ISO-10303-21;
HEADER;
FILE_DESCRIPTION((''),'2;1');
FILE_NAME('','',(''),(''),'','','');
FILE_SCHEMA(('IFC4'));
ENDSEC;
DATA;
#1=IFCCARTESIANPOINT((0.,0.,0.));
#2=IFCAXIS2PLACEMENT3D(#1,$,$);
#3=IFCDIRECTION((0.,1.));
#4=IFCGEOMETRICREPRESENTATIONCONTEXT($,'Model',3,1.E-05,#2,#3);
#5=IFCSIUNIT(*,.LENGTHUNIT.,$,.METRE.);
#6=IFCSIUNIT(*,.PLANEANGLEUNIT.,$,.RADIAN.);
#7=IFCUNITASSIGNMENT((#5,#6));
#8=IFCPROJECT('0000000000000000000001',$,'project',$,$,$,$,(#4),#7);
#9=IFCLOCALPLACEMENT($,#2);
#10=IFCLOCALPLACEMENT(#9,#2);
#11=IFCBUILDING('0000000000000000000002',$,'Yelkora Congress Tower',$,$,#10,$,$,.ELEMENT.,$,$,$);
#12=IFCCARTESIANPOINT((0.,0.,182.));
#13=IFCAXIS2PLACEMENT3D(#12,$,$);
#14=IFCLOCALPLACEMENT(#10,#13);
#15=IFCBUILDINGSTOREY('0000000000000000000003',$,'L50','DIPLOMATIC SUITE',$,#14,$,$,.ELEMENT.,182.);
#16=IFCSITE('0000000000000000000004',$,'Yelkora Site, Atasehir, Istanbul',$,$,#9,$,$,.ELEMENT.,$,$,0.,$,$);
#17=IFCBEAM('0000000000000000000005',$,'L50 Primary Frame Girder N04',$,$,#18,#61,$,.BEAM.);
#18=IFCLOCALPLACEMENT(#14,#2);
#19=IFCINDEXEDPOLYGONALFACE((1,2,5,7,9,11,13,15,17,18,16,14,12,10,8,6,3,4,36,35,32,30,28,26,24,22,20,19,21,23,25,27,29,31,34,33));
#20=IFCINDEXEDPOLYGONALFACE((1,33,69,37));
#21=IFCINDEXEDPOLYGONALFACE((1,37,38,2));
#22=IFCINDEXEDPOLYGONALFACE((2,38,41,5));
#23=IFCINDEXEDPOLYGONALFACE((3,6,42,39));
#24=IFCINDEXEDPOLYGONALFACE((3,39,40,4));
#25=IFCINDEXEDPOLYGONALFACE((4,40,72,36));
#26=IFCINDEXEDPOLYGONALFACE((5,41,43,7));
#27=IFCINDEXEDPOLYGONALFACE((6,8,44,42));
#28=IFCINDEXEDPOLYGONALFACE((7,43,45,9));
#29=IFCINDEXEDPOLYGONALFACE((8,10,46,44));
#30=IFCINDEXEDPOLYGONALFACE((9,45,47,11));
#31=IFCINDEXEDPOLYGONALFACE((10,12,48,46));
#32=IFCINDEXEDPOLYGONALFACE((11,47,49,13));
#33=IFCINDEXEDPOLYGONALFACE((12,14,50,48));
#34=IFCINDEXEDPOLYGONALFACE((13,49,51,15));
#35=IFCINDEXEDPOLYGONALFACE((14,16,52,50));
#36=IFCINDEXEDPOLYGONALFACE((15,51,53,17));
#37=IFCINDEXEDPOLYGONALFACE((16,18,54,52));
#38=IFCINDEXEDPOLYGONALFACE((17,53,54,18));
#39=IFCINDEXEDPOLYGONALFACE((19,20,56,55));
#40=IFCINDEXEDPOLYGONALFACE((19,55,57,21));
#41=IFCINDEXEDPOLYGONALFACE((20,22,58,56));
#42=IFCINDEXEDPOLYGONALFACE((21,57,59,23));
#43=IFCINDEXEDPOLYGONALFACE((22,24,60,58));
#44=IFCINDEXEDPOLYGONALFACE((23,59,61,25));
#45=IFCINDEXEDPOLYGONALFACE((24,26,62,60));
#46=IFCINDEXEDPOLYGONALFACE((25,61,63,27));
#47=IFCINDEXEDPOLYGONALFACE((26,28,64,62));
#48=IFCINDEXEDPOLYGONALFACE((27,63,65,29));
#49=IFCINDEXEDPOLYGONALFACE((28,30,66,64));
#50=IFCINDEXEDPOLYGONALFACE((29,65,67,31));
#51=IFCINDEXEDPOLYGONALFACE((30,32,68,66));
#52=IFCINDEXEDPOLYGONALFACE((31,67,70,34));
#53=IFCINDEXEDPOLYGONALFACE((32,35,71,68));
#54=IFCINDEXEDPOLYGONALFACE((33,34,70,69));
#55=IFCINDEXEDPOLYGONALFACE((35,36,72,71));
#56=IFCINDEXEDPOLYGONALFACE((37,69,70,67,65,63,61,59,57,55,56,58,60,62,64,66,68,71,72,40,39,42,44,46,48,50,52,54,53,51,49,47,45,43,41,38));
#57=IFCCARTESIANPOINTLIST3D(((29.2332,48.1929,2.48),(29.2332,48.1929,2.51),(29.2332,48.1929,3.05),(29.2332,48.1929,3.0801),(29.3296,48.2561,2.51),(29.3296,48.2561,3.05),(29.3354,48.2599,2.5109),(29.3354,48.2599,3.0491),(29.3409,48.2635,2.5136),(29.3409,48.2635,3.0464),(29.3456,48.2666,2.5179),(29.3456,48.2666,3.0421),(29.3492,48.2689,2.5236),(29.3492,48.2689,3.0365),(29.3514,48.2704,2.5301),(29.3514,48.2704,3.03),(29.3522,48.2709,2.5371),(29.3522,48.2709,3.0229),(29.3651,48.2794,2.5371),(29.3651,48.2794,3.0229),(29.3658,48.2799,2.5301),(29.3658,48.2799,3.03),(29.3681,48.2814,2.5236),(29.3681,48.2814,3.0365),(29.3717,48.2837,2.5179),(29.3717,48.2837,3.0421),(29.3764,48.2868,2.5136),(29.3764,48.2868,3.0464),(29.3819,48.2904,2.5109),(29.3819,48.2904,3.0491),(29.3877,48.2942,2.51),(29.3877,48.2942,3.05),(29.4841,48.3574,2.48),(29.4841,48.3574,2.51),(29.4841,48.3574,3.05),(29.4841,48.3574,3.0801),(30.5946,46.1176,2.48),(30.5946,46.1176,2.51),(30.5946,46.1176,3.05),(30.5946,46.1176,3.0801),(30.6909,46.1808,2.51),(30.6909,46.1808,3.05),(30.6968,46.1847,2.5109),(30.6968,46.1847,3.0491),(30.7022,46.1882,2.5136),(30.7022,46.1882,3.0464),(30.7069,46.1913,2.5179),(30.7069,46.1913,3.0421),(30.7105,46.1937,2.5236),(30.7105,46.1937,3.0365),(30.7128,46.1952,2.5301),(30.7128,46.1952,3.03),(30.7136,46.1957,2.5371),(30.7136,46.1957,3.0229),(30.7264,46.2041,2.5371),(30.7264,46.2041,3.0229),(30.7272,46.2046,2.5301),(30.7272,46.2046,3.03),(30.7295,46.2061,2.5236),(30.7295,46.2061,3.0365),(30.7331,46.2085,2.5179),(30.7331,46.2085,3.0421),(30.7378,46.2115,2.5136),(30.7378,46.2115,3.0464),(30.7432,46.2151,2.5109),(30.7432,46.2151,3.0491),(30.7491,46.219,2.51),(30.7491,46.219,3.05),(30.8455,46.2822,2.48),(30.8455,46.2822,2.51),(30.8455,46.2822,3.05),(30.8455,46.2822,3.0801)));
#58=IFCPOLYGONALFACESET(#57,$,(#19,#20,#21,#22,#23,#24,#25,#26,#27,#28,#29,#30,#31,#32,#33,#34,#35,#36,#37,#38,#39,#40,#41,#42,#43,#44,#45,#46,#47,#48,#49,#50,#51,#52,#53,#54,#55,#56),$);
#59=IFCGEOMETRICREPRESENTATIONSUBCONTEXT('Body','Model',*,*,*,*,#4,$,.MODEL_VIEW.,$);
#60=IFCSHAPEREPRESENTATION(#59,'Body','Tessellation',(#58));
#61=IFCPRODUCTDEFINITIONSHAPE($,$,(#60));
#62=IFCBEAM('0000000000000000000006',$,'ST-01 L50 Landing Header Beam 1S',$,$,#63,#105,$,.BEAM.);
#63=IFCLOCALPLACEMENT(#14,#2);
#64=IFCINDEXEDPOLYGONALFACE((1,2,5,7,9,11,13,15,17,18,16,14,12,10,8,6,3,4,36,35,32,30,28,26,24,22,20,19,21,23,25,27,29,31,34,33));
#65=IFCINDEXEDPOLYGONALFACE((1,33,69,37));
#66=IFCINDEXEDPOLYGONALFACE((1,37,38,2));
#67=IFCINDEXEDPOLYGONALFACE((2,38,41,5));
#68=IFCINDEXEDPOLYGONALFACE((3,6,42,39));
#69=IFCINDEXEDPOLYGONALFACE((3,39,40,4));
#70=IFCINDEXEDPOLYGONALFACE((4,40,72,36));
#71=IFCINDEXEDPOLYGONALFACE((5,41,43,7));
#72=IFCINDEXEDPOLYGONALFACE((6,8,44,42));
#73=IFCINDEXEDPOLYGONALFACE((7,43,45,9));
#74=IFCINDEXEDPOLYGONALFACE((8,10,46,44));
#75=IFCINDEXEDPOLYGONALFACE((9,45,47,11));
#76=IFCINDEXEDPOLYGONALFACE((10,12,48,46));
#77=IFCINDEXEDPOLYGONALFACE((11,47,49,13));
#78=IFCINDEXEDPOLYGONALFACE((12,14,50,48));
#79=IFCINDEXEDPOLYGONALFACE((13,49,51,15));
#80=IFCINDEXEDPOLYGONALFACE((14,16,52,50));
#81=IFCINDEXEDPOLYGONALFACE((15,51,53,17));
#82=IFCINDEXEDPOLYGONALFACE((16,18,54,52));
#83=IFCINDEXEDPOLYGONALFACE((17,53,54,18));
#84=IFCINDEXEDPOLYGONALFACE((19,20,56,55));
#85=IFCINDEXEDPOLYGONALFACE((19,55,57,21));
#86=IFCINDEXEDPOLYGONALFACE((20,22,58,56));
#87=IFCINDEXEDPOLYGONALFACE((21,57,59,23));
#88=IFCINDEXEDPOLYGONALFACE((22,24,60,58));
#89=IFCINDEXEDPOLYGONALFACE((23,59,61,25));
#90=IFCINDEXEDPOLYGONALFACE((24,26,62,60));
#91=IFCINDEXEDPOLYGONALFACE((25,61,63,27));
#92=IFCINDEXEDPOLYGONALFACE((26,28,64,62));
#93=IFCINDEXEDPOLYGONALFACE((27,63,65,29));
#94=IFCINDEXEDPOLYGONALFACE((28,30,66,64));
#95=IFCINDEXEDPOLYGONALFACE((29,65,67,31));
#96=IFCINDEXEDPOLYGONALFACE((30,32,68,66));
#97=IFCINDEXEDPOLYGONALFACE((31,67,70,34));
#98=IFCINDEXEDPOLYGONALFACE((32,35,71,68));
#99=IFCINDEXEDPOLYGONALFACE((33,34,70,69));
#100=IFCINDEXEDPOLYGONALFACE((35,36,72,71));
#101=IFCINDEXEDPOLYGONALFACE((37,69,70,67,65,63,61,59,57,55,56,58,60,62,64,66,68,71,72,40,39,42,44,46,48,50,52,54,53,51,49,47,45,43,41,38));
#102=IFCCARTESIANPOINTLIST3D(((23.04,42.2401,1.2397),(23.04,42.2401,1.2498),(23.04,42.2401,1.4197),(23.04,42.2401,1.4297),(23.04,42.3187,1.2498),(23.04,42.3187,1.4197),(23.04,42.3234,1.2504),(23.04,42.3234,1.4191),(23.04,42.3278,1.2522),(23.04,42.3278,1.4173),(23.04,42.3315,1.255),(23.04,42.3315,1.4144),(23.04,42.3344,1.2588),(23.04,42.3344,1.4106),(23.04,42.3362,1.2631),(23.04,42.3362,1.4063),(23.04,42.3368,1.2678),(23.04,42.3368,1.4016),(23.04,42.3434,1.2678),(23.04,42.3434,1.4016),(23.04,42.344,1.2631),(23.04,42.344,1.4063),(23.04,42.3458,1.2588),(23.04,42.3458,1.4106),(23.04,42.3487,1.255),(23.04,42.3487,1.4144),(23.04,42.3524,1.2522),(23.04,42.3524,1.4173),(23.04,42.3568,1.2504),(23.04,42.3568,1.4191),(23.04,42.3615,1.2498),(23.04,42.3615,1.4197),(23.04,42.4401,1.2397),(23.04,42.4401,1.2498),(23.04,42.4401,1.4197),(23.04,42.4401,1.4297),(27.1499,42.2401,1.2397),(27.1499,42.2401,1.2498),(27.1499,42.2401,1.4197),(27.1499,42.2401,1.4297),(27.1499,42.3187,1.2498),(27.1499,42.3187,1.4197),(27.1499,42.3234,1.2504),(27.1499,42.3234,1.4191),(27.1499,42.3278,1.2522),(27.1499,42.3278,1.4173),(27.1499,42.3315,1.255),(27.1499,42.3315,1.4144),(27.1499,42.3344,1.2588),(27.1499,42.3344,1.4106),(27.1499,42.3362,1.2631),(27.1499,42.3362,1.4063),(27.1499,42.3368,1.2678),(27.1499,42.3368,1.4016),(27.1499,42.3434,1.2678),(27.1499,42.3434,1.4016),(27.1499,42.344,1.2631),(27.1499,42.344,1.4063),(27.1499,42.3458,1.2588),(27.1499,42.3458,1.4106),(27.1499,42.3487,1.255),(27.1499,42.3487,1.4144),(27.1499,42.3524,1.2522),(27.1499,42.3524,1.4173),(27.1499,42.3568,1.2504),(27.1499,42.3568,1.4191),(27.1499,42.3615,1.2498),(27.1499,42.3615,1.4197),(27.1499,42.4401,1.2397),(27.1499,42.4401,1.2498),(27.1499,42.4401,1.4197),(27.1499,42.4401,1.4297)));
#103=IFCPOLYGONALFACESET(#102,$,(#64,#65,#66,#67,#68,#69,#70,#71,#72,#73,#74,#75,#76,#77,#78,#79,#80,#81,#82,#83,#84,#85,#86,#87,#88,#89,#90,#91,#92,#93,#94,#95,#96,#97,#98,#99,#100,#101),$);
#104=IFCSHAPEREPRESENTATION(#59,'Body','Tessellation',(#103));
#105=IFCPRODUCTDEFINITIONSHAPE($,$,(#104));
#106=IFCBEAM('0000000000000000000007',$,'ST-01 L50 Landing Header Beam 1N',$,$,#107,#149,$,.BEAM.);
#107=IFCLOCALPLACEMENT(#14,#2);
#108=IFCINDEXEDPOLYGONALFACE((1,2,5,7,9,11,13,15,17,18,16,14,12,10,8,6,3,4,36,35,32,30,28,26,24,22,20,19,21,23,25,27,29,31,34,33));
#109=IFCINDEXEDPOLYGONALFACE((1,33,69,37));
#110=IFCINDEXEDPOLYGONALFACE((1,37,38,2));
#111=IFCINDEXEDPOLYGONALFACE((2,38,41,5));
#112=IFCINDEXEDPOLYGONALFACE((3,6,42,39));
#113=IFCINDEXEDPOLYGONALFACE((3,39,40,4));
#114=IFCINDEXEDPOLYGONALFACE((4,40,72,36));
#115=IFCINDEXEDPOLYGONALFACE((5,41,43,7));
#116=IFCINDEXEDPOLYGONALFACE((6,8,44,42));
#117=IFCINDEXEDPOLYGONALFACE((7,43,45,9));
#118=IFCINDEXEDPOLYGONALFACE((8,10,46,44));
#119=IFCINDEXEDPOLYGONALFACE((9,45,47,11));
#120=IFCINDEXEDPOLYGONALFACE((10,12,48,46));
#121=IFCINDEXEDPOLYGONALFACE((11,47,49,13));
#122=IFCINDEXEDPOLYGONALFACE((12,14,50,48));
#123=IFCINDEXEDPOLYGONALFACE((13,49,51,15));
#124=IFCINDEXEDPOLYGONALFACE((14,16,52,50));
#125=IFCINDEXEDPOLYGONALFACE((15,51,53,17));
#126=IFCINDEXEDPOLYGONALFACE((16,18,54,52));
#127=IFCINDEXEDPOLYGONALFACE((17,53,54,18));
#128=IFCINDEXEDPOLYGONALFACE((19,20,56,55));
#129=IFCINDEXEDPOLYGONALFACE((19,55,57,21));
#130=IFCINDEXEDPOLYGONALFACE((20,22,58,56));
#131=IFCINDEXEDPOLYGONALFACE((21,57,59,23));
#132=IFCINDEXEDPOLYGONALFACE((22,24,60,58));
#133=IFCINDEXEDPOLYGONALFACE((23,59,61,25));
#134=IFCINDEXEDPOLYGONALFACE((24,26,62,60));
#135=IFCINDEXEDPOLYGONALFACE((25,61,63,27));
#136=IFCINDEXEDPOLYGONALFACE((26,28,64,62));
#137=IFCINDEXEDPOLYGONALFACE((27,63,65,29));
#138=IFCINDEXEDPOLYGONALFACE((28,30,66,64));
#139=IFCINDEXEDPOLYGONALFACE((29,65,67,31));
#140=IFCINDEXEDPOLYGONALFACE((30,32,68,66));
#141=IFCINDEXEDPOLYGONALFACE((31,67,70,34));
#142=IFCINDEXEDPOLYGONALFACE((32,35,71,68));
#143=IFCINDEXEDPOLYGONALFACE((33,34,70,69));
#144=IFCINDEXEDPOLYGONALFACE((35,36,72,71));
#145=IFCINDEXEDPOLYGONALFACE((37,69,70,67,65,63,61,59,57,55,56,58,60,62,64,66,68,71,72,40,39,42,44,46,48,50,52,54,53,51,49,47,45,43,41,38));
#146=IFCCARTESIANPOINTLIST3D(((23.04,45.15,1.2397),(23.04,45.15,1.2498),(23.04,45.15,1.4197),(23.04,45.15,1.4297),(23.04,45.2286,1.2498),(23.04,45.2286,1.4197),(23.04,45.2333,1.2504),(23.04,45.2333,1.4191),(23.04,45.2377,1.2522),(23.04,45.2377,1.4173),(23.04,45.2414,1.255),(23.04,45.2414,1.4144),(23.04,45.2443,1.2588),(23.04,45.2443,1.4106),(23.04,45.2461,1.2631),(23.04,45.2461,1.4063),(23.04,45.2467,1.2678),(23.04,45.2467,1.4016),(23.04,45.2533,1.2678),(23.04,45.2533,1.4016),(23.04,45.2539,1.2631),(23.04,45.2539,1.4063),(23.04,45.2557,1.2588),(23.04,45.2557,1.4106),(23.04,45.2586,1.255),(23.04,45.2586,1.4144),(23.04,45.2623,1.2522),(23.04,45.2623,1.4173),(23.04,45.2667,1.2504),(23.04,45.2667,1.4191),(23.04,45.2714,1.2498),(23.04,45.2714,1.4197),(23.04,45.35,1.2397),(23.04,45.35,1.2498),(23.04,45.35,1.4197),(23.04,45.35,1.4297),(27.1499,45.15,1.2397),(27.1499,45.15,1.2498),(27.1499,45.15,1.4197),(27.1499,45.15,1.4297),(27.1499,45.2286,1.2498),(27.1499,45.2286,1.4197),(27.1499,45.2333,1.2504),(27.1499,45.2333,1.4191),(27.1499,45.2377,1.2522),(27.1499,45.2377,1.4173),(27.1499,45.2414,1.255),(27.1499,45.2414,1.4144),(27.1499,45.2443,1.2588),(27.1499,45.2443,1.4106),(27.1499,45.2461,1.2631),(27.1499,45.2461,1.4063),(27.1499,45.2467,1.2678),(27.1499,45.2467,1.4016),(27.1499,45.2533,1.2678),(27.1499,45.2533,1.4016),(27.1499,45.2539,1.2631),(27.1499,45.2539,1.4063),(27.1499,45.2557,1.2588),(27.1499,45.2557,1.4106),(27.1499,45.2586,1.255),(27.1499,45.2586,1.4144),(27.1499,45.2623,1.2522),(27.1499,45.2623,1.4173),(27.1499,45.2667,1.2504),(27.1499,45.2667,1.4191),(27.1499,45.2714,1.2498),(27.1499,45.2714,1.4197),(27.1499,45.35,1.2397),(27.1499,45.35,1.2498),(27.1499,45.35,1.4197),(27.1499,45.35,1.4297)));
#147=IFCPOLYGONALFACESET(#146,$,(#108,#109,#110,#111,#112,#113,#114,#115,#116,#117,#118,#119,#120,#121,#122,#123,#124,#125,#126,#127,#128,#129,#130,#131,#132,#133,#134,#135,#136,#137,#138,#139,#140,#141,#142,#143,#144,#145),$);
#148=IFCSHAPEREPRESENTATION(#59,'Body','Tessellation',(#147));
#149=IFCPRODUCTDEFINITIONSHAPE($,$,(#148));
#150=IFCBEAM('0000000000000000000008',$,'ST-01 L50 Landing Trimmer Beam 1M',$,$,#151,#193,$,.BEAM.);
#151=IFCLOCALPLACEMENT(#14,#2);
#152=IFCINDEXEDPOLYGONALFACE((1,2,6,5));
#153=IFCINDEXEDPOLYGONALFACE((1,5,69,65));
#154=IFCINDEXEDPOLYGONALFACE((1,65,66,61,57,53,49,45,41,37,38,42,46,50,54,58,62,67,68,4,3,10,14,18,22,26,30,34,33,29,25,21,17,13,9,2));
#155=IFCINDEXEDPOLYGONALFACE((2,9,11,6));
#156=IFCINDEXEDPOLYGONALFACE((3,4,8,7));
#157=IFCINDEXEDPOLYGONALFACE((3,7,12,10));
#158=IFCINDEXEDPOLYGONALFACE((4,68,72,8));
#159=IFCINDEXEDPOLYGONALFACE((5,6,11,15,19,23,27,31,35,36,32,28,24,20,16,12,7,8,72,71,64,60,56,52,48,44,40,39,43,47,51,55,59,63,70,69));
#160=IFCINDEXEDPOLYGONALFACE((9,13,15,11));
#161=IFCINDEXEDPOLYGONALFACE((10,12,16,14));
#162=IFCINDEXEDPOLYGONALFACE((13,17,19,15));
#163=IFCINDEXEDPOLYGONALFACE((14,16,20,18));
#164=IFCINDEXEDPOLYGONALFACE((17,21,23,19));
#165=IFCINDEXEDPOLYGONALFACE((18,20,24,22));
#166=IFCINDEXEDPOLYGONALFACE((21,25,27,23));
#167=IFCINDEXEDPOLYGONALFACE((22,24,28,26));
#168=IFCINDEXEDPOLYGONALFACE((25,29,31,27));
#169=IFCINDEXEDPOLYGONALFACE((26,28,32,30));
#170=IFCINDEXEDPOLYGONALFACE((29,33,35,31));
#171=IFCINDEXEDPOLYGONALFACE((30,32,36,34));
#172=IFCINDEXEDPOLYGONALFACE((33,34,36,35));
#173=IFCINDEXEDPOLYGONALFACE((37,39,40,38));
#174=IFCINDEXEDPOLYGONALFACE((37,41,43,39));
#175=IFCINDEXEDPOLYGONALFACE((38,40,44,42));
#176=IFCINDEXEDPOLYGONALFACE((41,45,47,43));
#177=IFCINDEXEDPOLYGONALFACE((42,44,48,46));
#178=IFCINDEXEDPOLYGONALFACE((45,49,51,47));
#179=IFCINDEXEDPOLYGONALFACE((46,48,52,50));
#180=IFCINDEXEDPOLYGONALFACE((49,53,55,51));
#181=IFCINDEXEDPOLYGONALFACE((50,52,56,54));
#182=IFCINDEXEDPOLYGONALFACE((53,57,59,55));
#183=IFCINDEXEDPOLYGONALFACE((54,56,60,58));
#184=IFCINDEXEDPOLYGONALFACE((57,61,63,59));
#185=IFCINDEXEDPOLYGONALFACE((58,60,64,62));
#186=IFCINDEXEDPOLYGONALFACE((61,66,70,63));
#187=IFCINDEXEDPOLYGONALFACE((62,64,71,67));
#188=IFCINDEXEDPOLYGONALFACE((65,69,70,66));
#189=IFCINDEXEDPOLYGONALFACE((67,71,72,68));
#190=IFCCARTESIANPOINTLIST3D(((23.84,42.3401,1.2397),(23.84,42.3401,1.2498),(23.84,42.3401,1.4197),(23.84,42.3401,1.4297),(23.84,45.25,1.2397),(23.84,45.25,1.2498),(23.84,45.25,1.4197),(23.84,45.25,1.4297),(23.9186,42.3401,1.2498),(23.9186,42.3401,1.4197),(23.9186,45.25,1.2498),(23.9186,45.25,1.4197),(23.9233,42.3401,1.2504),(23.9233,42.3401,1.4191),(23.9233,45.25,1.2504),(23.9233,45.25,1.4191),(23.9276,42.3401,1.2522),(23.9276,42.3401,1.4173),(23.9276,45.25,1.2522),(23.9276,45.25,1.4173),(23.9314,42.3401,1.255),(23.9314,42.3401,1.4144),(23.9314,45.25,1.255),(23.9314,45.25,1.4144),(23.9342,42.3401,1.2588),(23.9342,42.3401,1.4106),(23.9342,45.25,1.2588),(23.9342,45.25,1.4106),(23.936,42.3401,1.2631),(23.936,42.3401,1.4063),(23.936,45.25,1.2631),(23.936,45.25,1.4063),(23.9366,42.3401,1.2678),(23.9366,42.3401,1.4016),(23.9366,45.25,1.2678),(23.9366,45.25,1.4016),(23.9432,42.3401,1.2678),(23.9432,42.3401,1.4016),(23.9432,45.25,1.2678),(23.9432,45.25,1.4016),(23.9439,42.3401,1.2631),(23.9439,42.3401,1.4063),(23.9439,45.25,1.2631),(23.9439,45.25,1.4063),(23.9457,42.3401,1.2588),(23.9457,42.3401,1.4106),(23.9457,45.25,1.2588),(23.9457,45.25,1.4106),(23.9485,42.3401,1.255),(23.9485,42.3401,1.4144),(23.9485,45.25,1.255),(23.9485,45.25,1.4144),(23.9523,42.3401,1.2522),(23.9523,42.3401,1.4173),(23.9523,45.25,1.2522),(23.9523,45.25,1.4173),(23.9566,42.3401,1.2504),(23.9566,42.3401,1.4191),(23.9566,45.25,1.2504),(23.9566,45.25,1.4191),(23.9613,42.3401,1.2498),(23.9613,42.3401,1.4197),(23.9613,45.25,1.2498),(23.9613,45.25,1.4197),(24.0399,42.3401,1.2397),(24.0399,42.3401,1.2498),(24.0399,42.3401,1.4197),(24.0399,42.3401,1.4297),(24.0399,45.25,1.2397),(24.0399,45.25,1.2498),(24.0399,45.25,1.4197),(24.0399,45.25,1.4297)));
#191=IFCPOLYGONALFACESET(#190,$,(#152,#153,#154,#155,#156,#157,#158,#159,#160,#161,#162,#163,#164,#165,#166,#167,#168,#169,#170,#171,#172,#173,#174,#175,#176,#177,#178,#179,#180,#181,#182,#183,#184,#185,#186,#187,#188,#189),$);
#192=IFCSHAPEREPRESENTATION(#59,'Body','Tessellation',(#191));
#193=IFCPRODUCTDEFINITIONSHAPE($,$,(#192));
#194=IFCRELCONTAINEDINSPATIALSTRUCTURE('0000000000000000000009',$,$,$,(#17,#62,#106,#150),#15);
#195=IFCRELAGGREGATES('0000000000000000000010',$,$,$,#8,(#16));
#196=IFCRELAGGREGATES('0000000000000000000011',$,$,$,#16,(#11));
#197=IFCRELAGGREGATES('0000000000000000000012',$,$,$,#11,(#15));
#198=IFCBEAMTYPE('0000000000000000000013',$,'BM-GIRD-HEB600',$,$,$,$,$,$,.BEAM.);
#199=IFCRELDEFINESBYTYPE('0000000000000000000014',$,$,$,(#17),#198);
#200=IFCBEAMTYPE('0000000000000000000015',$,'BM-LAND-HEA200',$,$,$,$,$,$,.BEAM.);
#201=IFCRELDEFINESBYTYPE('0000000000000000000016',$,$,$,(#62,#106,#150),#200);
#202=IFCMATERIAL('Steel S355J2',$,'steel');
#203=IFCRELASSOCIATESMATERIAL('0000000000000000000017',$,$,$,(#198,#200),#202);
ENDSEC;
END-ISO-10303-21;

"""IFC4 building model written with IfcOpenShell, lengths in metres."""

from ifc_helpers import new_model, si_unit, direction, frame, origin, origin_2d, place, context, subcontext, project, spatial, i_section, extrude, material, material_profile, profile_set, type_object, element, save


model = new_model("IFC4")

# Units and contexts
model_context = context("Model", 3, precision=1e-05, world=origin(), true_north=direction((0.0, 1.0)))
body_context = subcontext(model_context, "Body", "Model", "MODEL_VIEW")
ifc_project = project(units=[si_unit("LENGTHUNIT", "METRE"), si_unit("PLANEANGLEUNIT", "RADIAN")], contexts=[model_context])

# Site, building, storey
site_placement = place(None, origin())
site = spatial("IfcSite", under=ifc_project, at=site_placement, Name="Yelkora Site, Atasehir, Istanbul", CompositionType="ELEMENT", RefElevation=0.0)
building_placement = place(site_placement, origin())
building = spatial("IfcBuilding", under=site, at=building_placement, Name="Yelkora Congress Tower", CompositionType="ELEMENT")
storey_placement = place(building_placement, frame((0.0, 0.0, 182.0)))
storey = spatial("IfcBuildingStorey", under=building, at=storey_placement, Name="L50", Description="DIPLOMATIC SUITE", CompositionType="ELEMENT", Elevation=182.0)

# Beams
ifc_material_1 = material(Name="Steel S355J2", Category="steel")
ifc_material_profile_1 = material_profile(ifc_material_1, i_section(OverallWidth=0.3, OverallDepth=0.6001, WebThickness=0.0154, FlangeThickness=0.03, FilletRadius=0.0271, at=origin_2d()), Name="HEB 600")
ifc_profile_set_1 = profile_set([ifc_material_profile_1], Name="Steel S355J2")
beam_type_1 = type_object("IfcBeamType", Name="BM-GIRD-HEB600", PredefinedType="BEAM", material=ifc_profile_set_1)
beam_1_placement = place(storey_placement, frame((29.3586, 48.2751, 2.78), z_axis=(0.54851, -0.836144, 0.0), x_axis=(0.836144, 0.54851, 0.0)))
element("IfcBeam", 1, at=beam_1_placement, inside=storey, type_object=beam_type_1, Name="L50 Primary Frame Girder N04", PredefinedType="BEAM", context=body_context, shape_type="SweptSolid", body=[
    extrude(i_section(OverallWidth=0.3, OverallDepth=0.6001, WebThickness=0.0154, FlangeThickness=0.03, FilletRadius=0.0271, at=origin_2d()), origin(), (0.0, 0.0, 1.0), 2.4819),
])
ifc_material_profile_2 = material_profile(ifc_material_1, i_section(OverallWidth=0.2, OverallDepth=0.1899, WebThickness=0.0066, FlangeThickness=0.01, FilletRadius=0.0181, at=origin_2d()), Name="HEA 200")
ifc_profile_set_2 = profile_set([ifc_material_profile_2], Name="Steel S355J2")
beam_type_2 = type_object("IfcBeamType", Name="BM-LAND-HEA200", PredefinedType="BEAM", material=ifc_profile_set_2)
for number, where, z_axis, x_axis, name in (
    (2, (23.04, 42.3401, 1.3347), (1.0, 0.0, 0.0), (0.0, 1.0, 0.0), "ST-01 L50 Landing Header Beam 1S"),
    (3, (23.04, 45.25, 1.3347), (1.0, 0.0, 0.0), (0.0, 1.0, 0.0), "ST-01 L50 Landing Header Beam 1N"),
):
    element("IfcBeam", number, at=place(storey_placement, frame(where, z_axis=z_axis, x_axis=x_axis)), inside=storey, type_object=beam_type_2, Name=name, PredefinedType="BEAM", context=body_context, shape_type="SweptSolid", body=[
        extrude(i_section(OverallWidth=0.2, OverallDepth=0.1899, WebThickness=0.0066, FlangeThickness=0.01, FilletRadius=0.0181, at=origin_2d()), origin(), (0.0, 0.0, 1.0), 4.1099),
    ])
beam_2_placement = place(storey_placement, frame((23.9399, 42.3401, 1.3347), z_axis=(0.0, 1.0, 0.0), x_axis=(-1.0, 0.0, 0.0)))
element("IfcBeam", 4, at=beam_2_placement, inside=storey, type_object=beam_type_2, Name="ST-01 L50 Landing Trimmer Beam 1M", PredefinedType="BEAM", context=body_context, shape_type="SweptSolid", body=[
    extrude(i_section(OverallWidth=0.2, OverallDepth=0.1899, WebThickness=0.0066, FlangeThickness=0.01, FilletRadius=0.0181, at=origin_2d()), origin(), (0.0, 0.0, 1.0), 2.9099),
])

save(model, "model.ifc")
